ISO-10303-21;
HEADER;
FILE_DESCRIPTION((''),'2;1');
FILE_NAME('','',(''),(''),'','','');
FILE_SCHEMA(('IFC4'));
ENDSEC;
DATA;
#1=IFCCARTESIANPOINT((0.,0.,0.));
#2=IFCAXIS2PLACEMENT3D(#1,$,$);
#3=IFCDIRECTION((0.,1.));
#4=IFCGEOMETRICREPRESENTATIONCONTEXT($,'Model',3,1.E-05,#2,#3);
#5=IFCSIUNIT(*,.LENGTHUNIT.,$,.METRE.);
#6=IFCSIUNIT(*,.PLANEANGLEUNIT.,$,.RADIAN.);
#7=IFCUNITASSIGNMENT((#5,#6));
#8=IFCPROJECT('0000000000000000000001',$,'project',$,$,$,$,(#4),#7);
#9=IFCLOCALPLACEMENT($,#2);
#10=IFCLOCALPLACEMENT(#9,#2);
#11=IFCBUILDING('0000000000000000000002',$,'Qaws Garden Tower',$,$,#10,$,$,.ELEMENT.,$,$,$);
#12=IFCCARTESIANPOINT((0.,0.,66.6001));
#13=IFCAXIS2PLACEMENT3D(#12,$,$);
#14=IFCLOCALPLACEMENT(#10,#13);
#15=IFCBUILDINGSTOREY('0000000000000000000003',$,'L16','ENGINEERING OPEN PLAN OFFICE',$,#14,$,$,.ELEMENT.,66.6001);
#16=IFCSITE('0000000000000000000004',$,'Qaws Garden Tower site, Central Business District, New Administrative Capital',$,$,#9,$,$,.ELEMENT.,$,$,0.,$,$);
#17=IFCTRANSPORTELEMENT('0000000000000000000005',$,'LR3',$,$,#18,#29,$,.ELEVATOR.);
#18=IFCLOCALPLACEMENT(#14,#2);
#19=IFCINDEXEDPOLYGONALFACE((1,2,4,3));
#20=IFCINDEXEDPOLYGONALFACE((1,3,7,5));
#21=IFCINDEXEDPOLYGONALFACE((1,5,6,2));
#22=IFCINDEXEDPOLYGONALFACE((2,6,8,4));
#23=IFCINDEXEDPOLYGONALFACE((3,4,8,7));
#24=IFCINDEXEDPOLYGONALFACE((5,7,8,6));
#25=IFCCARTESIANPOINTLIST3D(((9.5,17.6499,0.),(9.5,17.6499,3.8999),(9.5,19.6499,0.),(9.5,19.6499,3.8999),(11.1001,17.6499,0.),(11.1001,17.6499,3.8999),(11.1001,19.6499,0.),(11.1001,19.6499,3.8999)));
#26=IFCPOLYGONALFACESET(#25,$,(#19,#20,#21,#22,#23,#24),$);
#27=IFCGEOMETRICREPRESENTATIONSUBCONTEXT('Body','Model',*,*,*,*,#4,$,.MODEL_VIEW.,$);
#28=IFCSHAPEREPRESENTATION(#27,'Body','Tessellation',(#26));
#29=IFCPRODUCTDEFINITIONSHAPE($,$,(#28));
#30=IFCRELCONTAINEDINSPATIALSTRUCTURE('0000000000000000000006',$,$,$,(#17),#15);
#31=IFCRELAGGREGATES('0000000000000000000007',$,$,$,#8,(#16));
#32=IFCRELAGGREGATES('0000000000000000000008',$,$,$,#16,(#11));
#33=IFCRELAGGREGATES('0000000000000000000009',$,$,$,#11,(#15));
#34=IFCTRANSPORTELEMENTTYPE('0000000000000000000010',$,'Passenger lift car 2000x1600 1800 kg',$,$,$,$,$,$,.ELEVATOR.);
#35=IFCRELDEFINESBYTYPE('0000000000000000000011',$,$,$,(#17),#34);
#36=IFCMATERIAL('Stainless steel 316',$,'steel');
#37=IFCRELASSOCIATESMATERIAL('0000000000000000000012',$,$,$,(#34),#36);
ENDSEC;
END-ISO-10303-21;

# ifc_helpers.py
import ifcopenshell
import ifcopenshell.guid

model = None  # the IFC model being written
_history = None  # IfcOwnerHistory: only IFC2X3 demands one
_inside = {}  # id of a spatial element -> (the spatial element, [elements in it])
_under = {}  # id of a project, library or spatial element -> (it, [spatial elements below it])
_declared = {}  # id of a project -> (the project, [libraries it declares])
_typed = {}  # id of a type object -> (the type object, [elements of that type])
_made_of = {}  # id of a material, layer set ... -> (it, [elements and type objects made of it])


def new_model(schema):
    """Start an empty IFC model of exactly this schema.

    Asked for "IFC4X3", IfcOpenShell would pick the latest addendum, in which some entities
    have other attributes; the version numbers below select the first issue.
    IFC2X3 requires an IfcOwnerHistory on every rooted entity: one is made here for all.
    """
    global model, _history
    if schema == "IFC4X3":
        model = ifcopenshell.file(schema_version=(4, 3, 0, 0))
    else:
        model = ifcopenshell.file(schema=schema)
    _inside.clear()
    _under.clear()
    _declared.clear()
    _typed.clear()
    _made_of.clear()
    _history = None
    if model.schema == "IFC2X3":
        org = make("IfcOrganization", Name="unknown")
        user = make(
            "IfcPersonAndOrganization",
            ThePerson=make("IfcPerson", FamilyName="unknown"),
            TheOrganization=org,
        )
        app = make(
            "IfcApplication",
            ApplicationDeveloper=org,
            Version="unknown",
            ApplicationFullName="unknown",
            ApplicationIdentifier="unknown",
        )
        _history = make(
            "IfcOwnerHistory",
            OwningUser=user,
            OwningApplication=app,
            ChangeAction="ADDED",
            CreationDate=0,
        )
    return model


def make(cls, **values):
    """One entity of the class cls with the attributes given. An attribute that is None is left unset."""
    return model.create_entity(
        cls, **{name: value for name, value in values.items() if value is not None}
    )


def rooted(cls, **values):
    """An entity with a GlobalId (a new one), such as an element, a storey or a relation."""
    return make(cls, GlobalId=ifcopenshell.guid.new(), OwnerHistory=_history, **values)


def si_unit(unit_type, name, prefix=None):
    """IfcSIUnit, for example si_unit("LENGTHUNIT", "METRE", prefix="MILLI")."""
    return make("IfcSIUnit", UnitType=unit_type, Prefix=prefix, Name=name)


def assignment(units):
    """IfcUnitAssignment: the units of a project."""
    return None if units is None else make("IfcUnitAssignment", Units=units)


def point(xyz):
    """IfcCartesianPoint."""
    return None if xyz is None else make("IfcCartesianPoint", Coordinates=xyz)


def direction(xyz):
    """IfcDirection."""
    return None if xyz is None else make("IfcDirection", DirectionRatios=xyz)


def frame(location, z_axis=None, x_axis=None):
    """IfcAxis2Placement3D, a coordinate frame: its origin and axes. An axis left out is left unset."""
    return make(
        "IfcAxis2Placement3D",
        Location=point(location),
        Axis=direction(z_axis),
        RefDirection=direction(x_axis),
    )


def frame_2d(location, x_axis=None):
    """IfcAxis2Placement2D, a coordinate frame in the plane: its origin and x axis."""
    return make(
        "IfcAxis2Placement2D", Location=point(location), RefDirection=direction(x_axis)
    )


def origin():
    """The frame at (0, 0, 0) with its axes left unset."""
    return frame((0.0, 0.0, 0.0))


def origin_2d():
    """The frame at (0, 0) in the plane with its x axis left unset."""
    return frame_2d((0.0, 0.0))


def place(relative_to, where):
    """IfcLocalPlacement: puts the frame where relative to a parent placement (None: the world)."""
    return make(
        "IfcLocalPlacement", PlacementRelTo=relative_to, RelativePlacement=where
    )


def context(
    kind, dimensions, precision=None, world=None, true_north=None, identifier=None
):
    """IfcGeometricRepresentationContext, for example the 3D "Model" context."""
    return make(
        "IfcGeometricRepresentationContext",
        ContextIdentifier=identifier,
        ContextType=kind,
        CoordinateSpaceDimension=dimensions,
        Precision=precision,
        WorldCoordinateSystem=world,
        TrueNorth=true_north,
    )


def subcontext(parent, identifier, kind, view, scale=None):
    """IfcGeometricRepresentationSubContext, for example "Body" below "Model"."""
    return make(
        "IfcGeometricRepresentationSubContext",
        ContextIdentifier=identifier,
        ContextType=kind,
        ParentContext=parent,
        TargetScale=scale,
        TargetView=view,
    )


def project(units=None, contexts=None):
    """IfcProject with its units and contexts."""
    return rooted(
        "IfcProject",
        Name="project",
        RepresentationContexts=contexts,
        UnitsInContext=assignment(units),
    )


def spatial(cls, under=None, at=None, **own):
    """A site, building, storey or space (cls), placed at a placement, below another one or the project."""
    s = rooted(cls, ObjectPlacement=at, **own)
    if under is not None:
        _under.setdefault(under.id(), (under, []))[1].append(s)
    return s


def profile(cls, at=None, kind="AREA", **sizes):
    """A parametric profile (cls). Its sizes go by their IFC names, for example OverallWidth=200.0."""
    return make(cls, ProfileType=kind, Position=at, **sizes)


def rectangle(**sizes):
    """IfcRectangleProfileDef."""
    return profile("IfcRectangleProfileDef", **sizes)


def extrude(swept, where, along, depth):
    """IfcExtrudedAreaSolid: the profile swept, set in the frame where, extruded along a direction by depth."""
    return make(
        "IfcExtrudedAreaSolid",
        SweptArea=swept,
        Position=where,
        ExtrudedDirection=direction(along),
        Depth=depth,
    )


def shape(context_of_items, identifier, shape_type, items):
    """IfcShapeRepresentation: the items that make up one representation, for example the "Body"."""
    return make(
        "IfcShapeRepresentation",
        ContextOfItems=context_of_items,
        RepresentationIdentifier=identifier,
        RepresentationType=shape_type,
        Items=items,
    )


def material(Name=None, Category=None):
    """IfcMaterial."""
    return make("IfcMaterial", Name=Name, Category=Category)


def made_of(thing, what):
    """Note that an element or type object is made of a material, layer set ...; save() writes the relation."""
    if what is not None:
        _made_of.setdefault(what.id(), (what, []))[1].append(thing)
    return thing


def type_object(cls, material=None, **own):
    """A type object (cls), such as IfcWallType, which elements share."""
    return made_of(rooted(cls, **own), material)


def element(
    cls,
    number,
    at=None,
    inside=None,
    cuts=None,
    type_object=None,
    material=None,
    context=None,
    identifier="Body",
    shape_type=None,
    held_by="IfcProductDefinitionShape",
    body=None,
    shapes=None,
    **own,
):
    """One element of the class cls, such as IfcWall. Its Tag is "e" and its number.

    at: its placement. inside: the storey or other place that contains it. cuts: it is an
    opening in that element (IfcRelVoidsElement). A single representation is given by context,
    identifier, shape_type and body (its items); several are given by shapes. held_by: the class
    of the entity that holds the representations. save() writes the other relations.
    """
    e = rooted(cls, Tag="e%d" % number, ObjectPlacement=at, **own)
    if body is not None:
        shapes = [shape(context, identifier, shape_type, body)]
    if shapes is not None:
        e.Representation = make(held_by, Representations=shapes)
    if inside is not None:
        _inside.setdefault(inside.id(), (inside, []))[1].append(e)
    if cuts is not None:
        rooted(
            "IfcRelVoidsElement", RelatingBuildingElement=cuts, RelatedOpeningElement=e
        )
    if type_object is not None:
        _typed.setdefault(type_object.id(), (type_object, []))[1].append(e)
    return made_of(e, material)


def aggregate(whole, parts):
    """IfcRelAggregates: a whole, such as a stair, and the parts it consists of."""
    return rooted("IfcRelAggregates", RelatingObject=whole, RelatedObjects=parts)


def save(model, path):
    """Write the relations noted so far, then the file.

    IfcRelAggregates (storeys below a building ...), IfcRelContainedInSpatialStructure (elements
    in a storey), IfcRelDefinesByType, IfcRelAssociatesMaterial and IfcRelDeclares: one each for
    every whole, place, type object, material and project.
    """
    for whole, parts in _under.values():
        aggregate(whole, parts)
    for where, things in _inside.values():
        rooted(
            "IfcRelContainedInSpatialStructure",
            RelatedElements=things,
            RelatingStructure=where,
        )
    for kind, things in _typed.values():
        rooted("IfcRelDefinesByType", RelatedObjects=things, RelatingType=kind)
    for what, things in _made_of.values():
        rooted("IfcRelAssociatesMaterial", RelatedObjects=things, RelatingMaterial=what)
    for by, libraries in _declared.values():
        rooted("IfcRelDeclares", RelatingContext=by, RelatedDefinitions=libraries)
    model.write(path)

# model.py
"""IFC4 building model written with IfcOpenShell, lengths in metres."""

from ifc_helpers import new_model, si_unit, direction, frame, origin, origin_2d, place, context, subcontext, project, spatial, rectangle, extrude, material, type_object, element, save


model = new_model("IFC4")

# Units and contexts
model_context = context("Model", 3, precision=1e-05, world=origin(), true_north=direction((0.0, 1.0)))
body_context = subcontext(model_context, "Body", "Model", "MODEL_VIEW")
ifc_project = project(units=[si_unit("LENGTHUNIT", "METRE"), si_unit("PLANEANGLEUNIT", "RADIAN")], contexts=[model_context])

# Site, building, storey
site_placement = place(None, origin())
site = spatial("IfcSite", under=ifc_project, at=site_placement, Name="Qaws Garden Tower site, Central Business District, New Administrative Capital", CompositionType="ELEMENT", RefElevation=0.0)
building_placement = place(site_placement, origin())
building = spatial("IfcBuilding", under=site, at=building_placement, Name="Qaws Garden Tower", CompositionType="ELEMENT")
storey_placement = place(building_placement, frame((0.0, 0.0, 66.6001)))
storey = spatial("IfcBuildingStorey", under=building, at=storey_placement, Name="L16", Description="ENGINEERING OPEN PLAN OFFICE", CompositionType="ELEMENT", Elevation=66.6001)

# Transport element
ifc_material_1 = material(Name="Stainless steel 316", Category="steel")
transport_element_type = type_object("IfcTransportElementType", Name="Passenger lift car 2000x1600 1800 kg", PredefinedType="ELEVATOR", material=ifc_material_1)
for number, where, z_axis, x_axis, name in (
    (1, (10.3, 18.6499, 0.0), (0.0, 0.0, 1.0), (1.0, 0.0, 0.0), "LR3"),
):
    element("IfcTransportElement", number, at=place(storey_placement, frame(where, z_axis=z_axis, x_axis=x_axis)), inside=storey, type_object=transport_element_type, Name=name, PredefinedType="ELEVATOR", context=body_context, shape_type="SweptSolid", body=[
        extrude(rectangle(XDim=1.6001, YDim=2.0, at=origin_2d()), origin(), (0.0, 0.0, 1.0), 3.8999),
    ])

save(model, "model.ifc")
